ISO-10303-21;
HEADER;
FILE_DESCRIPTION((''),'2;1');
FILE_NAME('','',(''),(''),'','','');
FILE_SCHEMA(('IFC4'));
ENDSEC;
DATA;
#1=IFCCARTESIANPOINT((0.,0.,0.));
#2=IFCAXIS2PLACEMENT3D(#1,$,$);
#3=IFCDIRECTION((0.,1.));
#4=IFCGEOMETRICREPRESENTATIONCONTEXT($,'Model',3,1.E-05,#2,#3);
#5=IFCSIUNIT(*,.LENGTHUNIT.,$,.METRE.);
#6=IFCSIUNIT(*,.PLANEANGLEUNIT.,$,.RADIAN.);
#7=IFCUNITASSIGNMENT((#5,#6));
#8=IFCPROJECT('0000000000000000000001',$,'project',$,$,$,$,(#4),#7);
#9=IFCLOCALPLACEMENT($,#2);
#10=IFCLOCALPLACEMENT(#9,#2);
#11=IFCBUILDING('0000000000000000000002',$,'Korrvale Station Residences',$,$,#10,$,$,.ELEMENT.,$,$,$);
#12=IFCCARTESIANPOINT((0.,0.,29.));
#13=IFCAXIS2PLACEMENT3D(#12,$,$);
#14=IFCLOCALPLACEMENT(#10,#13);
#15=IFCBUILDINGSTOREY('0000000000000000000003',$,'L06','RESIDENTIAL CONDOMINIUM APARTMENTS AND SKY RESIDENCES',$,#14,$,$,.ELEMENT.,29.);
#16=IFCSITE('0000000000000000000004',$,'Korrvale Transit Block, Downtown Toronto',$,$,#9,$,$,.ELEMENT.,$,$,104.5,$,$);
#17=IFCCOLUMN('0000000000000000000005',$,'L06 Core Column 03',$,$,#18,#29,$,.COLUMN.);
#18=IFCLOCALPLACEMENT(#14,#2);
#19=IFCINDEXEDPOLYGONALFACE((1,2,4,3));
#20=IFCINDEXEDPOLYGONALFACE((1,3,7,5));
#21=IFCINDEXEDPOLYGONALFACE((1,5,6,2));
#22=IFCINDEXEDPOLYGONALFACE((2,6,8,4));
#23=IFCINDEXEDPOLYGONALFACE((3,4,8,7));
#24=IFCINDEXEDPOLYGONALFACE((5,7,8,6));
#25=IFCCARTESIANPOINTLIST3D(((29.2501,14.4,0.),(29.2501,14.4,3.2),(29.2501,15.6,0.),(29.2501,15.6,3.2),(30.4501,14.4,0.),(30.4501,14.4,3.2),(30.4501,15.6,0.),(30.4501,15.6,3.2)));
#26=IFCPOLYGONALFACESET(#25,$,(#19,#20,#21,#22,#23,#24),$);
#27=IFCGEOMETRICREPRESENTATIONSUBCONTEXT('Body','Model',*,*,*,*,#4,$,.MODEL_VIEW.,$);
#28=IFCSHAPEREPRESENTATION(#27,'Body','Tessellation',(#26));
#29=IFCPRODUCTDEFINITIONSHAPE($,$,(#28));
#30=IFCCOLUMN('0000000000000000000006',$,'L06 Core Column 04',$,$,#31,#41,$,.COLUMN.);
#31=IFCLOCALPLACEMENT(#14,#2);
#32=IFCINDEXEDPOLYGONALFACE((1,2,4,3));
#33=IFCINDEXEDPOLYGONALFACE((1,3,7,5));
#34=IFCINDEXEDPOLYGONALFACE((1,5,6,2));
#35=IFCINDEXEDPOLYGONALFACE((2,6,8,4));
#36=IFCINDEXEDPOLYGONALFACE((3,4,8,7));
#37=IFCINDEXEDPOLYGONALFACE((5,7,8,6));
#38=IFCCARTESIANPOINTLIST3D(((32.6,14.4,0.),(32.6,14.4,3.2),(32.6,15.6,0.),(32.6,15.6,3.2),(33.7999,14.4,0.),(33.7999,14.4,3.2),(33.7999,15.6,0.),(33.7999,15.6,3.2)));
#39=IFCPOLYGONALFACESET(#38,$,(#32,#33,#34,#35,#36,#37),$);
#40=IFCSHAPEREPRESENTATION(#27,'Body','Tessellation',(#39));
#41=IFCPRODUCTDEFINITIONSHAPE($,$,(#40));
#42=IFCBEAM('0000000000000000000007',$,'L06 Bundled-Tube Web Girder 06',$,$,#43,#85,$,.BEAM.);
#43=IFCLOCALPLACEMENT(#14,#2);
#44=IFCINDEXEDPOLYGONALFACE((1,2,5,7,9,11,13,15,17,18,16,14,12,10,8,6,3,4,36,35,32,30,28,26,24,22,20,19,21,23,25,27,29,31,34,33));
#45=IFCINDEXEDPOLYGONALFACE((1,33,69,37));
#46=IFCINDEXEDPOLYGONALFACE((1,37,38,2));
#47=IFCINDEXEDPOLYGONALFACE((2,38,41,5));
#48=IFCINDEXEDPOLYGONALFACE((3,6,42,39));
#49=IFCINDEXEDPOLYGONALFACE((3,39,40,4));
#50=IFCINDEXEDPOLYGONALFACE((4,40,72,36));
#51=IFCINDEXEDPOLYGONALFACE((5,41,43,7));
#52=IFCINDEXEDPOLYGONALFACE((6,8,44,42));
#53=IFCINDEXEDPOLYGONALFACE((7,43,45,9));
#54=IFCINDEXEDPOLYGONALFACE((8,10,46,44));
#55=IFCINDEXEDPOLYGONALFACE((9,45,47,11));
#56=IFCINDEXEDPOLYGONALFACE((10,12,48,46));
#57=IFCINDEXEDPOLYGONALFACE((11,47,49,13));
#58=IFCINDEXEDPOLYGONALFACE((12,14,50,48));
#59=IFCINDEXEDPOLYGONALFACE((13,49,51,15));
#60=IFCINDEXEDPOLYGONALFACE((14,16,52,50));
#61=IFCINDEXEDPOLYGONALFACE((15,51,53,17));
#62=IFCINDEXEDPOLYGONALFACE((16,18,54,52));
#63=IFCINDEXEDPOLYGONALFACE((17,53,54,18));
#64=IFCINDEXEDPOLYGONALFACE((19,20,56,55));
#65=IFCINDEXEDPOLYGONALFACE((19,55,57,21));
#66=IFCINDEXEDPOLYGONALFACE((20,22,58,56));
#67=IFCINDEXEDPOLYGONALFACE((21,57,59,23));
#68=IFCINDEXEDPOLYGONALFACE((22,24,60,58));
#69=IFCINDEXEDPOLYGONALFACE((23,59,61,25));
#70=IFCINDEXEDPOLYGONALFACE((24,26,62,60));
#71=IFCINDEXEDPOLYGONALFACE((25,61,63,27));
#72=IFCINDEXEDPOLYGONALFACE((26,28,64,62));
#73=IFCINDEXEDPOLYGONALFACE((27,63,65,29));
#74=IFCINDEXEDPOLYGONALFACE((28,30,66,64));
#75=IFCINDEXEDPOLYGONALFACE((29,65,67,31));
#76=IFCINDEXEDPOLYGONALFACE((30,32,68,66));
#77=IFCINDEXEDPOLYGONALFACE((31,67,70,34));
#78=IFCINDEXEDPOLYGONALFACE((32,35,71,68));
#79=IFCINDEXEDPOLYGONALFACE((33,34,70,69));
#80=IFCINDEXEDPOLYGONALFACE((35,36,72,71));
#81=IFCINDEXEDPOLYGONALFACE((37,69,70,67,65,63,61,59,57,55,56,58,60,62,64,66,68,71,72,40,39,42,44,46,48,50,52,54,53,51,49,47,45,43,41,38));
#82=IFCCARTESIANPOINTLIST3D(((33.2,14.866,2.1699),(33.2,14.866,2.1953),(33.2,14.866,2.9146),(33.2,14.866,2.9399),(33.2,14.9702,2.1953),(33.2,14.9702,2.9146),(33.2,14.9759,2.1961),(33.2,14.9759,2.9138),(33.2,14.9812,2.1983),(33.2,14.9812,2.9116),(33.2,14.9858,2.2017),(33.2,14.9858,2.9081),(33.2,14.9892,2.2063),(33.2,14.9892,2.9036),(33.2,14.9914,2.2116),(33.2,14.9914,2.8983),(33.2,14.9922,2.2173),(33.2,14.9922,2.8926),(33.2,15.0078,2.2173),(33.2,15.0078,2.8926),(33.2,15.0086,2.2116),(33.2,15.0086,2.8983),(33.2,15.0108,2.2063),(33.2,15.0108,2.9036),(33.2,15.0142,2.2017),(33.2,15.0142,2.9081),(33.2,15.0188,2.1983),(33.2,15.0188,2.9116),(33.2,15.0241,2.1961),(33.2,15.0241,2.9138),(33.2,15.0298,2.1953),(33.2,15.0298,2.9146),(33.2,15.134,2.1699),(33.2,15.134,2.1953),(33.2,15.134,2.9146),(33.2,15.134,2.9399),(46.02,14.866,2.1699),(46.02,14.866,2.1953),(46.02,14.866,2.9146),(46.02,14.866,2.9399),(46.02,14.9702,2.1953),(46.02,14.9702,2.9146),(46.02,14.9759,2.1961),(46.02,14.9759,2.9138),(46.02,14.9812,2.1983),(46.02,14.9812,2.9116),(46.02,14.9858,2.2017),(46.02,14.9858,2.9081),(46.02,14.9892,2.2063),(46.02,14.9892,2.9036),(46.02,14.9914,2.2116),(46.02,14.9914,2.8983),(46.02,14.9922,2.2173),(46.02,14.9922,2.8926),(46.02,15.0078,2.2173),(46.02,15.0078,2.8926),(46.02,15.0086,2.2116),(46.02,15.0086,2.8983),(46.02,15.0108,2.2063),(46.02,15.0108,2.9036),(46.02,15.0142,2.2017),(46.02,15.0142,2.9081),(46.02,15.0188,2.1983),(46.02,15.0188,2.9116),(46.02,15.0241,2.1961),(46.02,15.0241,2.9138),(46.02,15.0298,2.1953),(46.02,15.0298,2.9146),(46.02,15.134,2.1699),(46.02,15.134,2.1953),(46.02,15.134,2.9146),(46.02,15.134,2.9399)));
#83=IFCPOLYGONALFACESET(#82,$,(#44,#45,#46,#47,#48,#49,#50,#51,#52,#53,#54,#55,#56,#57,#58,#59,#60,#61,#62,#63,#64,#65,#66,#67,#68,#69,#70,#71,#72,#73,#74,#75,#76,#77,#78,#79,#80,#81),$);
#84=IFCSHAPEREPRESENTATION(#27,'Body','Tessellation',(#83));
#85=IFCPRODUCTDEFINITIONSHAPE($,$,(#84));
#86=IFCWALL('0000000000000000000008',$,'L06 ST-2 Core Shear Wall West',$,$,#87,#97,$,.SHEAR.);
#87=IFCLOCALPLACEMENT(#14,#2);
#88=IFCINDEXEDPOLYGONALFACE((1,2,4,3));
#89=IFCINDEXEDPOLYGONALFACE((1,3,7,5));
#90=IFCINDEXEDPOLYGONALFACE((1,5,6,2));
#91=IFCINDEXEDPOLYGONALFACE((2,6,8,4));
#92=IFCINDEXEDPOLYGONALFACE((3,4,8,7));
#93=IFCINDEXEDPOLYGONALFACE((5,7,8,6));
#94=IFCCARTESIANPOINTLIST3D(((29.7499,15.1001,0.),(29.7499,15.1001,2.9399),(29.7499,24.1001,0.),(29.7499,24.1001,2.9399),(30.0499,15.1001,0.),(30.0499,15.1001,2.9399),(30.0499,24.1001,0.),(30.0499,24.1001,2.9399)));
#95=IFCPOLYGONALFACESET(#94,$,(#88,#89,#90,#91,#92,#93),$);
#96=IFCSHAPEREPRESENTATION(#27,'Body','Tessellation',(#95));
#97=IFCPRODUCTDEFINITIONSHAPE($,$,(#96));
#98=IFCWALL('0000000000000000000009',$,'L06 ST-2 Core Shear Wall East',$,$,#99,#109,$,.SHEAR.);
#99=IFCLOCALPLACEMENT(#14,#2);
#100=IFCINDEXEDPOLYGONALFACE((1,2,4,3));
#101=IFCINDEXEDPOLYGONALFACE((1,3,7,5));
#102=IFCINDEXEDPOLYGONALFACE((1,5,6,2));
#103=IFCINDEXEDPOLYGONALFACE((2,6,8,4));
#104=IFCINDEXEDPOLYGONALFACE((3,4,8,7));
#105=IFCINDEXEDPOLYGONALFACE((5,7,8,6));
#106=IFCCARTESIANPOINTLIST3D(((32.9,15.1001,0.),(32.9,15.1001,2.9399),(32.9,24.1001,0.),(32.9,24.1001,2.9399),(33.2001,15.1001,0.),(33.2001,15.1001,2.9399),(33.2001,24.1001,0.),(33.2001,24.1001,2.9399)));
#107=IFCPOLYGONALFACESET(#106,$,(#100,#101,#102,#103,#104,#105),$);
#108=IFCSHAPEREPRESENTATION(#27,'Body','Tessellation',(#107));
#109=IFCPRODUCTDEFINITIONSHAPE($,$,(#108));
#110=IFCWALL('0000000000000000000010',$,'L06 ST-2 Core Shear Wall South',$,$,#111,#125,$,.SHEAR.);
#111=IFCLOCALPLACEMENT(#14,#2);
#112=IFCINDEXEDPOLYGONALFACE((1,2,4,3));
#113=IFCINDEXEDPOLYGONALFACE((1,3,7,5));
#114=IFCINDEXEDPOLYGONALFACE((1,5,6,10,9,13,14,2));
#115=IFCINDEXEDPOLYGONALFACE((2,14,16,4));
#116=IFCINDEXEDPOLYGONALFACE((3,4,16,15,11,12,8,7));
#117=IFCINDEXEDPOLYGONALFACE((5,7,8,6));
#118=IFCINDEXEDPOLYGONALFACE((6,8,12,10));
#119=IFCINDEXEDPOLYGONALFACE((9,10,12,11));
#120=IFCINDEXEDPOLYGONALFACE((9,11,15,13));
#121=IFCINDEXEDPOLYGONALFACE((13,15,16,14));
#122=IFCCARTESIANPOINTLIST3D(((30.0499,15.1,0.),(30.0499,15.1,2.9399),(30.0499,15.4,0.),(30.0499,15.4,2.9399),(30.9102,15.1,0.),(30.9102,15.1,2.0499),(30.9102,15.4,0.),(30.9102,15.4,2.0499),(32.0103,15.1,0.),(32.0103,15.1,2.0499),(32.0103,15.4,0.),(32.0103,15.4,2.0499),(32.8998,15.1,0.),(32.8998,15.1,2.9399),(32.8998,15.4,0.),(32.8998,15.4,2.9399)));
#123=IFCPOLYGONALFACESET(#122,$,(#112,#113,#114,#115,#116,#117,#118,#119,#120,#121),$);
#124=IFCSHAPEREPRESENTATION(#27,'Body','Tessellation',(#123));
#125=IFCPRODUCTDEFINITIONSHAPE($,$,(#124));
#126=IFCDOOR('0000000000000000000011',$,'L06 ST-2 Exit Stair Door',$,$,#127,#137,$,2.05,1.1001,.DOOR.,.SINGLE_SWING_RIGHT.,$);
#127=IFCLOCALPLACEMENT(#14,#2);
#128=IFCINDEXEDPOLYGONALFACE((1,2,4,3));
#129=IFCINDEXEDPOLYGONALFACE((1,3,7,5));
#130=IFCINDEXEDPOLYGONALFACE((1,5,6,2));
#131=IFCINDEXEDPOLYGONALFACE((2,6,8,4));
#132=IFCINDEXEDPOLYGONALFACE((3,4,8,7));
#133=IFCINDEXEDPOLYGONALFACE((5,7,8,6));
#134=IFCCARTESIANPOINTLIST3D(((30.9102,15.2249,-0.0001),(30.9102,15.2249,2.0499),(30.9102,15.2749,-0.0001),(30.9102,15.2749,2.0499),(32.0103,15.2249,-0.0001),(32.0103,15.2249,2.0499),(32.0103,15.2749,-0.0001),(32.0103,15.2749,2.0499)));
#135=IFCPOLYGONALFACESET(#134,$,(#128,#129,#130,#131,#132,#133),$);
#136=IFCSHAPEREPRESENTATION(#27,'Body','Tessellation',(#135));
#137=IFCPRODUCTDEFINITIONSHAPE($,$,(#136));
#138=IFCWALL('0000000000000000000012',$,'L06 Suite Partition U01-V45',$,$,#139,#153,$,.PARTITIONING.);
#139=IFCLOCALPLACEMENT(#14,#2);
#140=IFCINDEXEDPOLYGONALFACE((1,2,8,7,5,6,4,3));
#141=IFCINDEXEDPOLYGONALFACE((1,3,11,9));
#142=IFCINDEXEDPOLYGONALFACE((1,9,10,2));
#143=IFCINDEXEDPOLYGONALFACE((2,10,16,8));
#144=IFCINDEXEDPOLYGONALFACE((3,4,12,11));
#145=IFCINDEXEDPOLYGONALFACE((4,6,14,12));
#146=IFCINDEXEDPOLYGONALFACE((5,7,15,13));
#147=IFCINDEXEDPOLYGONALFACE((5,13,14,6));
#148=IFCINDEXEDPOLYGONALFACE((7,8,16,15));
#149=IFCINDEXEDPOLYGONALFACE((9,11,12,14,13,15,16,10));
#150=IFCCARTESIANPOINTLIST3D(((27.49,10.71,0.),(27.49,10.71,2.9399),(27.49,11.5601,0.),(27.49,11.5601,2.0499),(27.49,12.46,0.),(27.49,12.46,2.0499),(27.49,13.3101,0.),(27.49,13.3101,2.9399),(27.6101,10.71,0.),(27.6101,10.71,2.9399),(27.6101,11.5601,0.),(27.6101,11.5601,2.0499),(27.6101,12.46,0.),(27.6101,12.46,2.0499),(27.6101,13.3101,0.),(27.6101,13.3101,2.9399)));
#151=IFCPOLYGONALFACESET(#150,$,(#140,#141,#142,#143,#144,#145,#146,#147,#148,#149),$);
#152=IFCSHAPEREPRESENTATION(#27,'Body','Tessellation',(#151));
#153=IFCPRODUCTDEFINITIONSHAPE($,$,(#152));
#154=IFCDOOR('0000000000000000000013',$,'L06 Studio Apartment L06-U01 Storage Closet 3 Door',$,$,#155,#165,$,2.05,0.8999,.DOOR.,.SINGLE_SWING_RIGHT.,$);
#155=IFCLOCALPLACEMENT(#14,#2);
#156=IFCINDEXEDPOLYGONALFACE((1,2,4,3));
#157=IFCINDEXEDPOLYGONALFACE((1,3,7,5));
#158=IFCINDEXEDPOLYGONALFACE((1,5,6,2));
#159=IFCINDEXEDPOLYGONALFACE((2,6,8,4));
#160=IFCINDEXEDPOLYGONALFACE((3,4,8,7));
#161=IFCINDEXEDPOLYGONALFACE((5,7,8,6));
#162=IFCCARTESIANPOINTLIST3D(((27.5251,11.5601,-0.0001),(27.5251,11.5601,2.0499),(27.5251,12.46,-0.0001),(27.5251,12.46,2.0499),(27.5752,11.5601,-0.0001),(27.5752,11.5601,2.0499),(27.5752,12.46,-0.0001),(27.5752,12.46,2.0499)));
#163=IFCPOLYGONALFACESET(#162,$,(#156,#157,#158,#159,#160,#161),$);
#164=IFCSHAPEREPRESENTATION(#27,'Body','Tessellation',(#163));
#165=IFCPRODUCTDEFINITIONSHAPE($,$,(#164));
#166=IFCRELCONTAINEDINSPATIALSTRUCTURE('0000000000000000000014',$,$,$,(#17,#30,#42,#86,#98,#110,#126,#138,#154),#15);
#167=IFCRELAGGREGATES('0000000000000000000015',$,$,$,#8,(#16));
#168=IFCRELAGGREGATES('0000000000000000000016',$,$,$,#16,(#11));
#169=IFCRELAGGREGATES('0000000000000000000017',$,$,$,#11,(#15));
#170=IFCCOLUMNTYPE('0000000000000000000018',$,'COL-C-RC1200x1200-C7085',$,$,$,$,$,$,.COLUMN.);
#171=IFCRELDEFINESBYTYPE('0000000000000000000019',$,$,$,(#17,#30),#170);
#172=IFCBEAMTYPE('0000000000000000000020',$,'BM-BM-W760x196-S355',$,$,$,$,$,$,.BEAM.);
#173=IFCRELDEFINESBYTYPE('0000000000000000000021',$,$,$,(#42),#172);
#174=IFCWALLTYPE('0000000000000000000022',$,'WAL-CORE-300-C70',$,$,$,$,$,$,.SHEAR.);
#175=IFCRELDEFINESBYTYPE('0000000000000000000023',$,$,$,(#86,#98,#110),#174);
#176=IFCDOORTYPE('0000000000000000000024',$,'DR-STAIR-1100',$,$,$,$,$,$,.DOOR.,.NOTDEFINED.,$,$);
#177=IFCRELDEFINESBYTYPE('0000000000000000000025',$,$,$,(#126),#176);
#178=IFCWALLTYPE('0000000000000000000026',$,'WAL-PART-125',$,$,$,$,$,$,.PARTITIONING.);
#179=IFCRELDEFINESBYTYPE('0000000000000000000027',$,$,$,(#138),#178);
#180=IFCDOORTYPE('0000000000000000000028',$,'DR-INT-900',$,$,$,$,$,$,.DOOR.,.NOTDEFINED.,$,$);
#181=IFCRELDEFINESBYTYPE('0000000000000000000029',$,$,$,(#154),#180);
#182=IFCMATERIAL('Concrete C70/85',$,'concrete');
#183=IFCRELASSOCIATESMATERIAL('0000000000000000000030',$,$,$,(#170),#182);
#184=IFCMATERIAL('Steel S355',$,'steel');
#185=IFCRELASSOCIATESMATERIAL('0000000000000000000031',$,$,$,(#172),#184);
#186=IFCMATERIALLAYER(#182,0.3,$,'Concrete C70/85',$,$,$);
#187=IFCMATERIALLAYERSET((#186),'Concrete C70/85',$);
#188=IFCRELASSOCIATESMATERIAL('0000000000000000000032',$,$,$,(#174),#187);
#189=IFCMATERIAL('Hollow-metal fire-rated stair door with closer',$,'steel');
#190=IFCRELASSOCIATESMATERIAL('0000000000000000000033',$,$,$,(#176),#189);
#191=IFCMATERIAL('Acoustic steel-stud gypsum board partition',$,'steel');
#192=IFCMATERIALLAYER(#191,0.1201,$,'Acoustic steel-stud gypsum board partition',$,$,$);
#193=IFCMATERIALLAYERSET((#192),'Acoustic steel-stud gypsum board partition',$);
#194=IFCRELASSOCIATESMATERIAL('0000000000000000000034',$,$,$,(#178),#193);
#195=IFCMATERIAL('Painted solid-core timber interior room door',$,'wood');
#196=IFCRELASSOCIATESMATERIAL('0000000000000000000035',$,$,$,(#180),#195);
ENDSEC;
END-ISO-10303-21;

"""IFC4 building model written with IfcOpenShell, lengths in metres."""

from ifc_helpers import new_model, si_unit, direction, frame, frame_2d, origin, origin_2d, place, context, subcontext, project, spatial, rectangle, i_section, extrude, material, layer, layer_set, material_profile, profile_set, type_object, element, fill, save


model = new_model("IFC4")

# Units and contexts
model_context = context("Model", 3, precision=1e-05, world=origin(), true_north=direction((0.0, 1.0)))
body_context = subcontext(model_context, "Body", "Model", "MODEL_VIEW")
ifc_project = project(units=[si_unit("LENGTHUNIT", "METRE"), si_unit("PLANEANGLEUNIT", "RADIAN")], contexts=[model_context])

# Site, building, storey
site_placement = place(None, origin())
site = spatial("IfcSite", under=ifc_project, at=site_placement, Name="Korrvale Transit Block, Downtown Toronto", CompositionType="ELEMENT", RefElevation=104.5)
building_placement = place(site_placement, origin())
building = spatial("IfcBuilding", under=site, at=building_placement, Name="Korrvale Station Residences", CompositionType="ELEMENT")
storey_placement = place(building_placement, frame((0.0, 0.0, 29.0)))
storey = spatial("IfcBuildingStorey", under=building, at=storey_placement, Name="L06", Description="RESIDENTIAL CONDOMINIUM APARTMENTS AND SKY RESIDENCES", CompositionType="ELEMENT", Elevation=29.0)

# Columns
ifc_material_1 = material(Name="Concrete C70/85", Category="concrete")
ifc_material_profile_1 = material_profile(ifc_material_1, rectangle(XDim=1.2, YDim=1.2, at=origin_2d()), Name="RC1200x1200")
ifc_profile_set_1 = profile_set([ifc_material_profile_1], Name="Concrete C70/85")
column_type = type_object("IfcColumnType", Name="COL-C-RC1200x1200-C7085", PredefinedType="COLUMN", material=ifc_profile_set_1)
for number, where, z_axis, x_axis, name in (
    (1, (29.8501, 15.0, 0.0), (0.0, 0.0, 1.0), (1.0, 0.0, 0.0), "L06 Core Column 03"),
    (2, (33.2, 15.0, 0.0), (0.0, 0.0, 1.0), (1.0, 0.0, 0.0), "L06 Core Column 04"),
):
    element("IfcColumn", number, at=place(storey_placement, frame(where, z_axis=z_axis, x_axis=x_axis)), inside=storey, type_object=column_type, Name=name, PredefinedType="COLUMN", context=body_context, shape_type="SweptSolid", body=[
        extrude(rectangle(XDim=1.2, YDim=1.2, at=origin_2d()), origin(), (0.0, 0.0, 1.0), 3.2),
    ])

# Beam
ifc_material_2 = material(Name="Steel S355", Category="steel")
ifc_material_profile_2 = material_profile(ifc_material_2, i_section(OverallWidth=0.2681, OverallDepth=0.77, WebThickness=0.0156, FlangeThickness=0.0254, FilletRadius=0.022, at=origin_2d()), Name="W760x196")
ifc_profile_set_2 = profile_set([ifc_material_profile_2], Name="Steel S355")
beam_type = type_object("IfcBeamType", Name="BM-BM-W760x196-S355", PredefinedType="BEAM", material=ifc_profile_set_2)
beam_placement = place(storey_placement, frame((33.2, 15.0, 2.5549), z_axis=(1.0, 0.0, 0.0), x_axis=(0.0, 1.0, 0.0)))
element("IfcBeam", 3, at=beam_placement, inside=storey, type_object=beam_type, Name="L06 Bundled-Tube Web Girder 06", PredefinedType="BEAM", context=body_context, shape_type="SweptSolid", body=[
    extrude(i_section(OverallWidth=0.2681, OverallDepth=0.77, WebThickness=0.0156, FlangeThickness=0.0254, FilletRadius=0.022, at=origin_2d()), origin(), (0.0, 0.0, 1.0), 12.8201),
])

# Walls
ifc_layer_1 = layer(ifc_material_1, 0.3, Name="Concrete C70/85")
ifc_layer_set_1 = layer_set([ifc_layer_1], Name="Concrete C70/85")
wall_type_1 = type_object("IfcWallType", Name="WAL-CORE-300-C70", PredefinedType="SHEAR", material=ifc_layer_set_1)
for number, where, z_axis, x_axis, name in (
    (4, (29.8999, 15.1001, 0.0), (0.0, 0.0, 1.0), (0.0, 1.0, 0.0), "L06 ST-2 Core Shear Wall West"),
    (5, (33.05, 15.1001, 0.0), (0.0, 0.0, 1.0), (0.0, 1.0, 0.0), "L06 ST-2 Core Shear Wall East"),
):
    element("IfcWall", number, at=place(storey_placement, frame(where, z_axis=z_axis, x_axis=x_axis)), inside=storey, type_object=wall_type_1, Name=name, PredefinedType="SHEAR", context=body_context, shape_type="SweptSolid", body=[
        extrude(rectangle(XDim=9.0, YDim=0.3, at=frame_2d((4.5, 0.0))), origin(), (0.0, 0.0, 1.0), 2.9399),
    ])

# Walls, openings, doors
wall_1_placement = place(storey_placement, frame((30.05, 15.25, 0.0), z_axis=(0.0, 0.0, 1.0), x_axis=(1.0, 0.0, 0.0)))
wall_1 = element("IfcWall", 6, at=wall_1_placement, inside=storey, type_object=wall_type_1, Name="L06 ST-2 Core Shear Wall South", PredefinedType="SHEAR", context=body_context, shape_type="SweptSolid", body=[
    extrude(rectangle(XDim=2.8499, YDim=0.3, at=frame_2d((1.4248, 0.0))), origin(), (0.0, 0.0, 1.0), 2.9399),
])
opening_1_placement = place(wall_1_placement, frame((0.8601, 0.0, 0.0)))
opening_1 = element("IfcOpeningElement", 7, at=opening_1_placement, cuts=wall_1, PredefinedType="OPENING", context=body_context, shape_type="SweptSolid", body=[
    extrude(rectangle(XDim=1.1001, YDim=2.05, at=frame_2d((0.55, 1.0249))), frame((0.0, 0.1602, 0.0), z_axis=(0.0, -1.0, 0.0), x_axis=(1.0, 0.0, 0.0)), (0.0, 0.0, 1.0), 0.3201),
])
ifc_material_3 = material(Name="Hollow-metal fire-rated stair door with closer", Category="steel")
door_type_1 = type_object("IfcDoorType", Name="DR-STAIR-1100", OperationType="NOTDEFINED", PredefinedType="DOOR", material=ifc_material_3)
door_1_placement = place(opening_1_placement, origin())
door_1 = element("IfcDoor", 8, at=door_1_placement, inside=storey, type_object=door_type_1, Name="L06 ST-2 Exit Stair Door", OperationType="SINGLE_SWING_RIGHT", OverallHeight=2.05, OverallWidth=1.1001, PredefinedType="DOOR", context=body_context, shape_type="SweptSolid", body=[
    extrude(rectangle(XDim=1.1001, YDim=2.05, at=frame_2d((0.55, 1.0249))), frame((0.0, 0.0249, 0.0), z_axis=(0.0, -1.0, 0.0), x_axis=(1.0, 0.0, 0.0)), (0.0, 0.0, 1.0), 0.05),
])
fill(opening_1, door_1)
ifc_material_4 = material(Name="Acoustic steel-stud gypsum board partition", Category="steel")
ifc_layer_2 = layer(ifc_material_4, 0.1201, Name="Acoustic steel-stud gypsum board partition")
ifc_layer_set_2 = layer_set([ifc_layer_2], Name="Acoustic steel-stud gypsum board partition")
wall_type_2 = type_object("IfcWallType", Name="WAL-PART-125", PredefinedType="PARTITIONING", material=ifc_layer_set_2)
wall_2_placement = place(storey_placement, frame((27.55, 10.71, 0.0), z_axis=(0.0, 0.0, 1.0), x_axis=(0.0, 1.0, 0.0)))
wall_2 = element("IfcWall", 9, at=wall_2_placement, inside=storey, type_object=wall_type_2, Name="L06 Suite Partition U01-V45", PredefinedType="PARTITIONING", context=body_context, shape_type="SweptSolid", body=[
    extrude(rectangle(XDim=2.6001, YDim=0.1201, at=frame_2d((1.3, 0.0))), origin(), (0.0, 0.0, 1.0), 2.9399),
])
opening_2_placement = place(wall_2_placement, frame((0.8501, 0.0, 0.0)))
opening_2 = element("IfcOpeningElement", 10, at=opening_2_placement, cuts=wall_2, PredefinedType="OPENING", context=body_context, shape_type="SweptSolid", body=[
    extrude(rectangle(XDim=0.8999, YDim=2.05, at=frame_2d((0.45, 1.0249))), frame((0.0, 0.0701, 0.0), z_axis=(0.0, -1.0, 0.0), x_axis=(1.0, 0.0, 0.0)), (0.0, 0.0, 1.0), 0.1401),
])
ifc_material_5 = material(Name="Painted solid-core timber interior room door", Category="wood")
door_type_2 = type_object("IfcDoorType", Name="DR-INT-900", OperationType="NOTDEFINED", PredefinedType="DOOR", material=ifc_material_5)
door_2_placement = place(opening_2_placement, origin())
door_2 = element("IfcDoor", 11, at=door_2_placement, inside=storey, type_object=door_type_2, Name="L06 Studio Apartment L06-U01 Storage Closet 3 Door", OperationType="SINGLE_SWING_RIGHT", OverallHeight=2.05, OverallWidth=0.8999, PredefinedType="DOOR", context=body_context, shape_type="SweptSolid", body=[
    extrude(rectangle(XDim=0.8999, YDim=2.05, at=frame_2d((0.45, 1.0249))), frame((0.0, 0.0249, 0.0), z_axis=(0.0, -1.0, 0.0), x_axis=(1.0, 0.0, 0.0)), (0.0, 0.0, 1.0), 0.05),
])
fill(opening_2, door_2)

save(model, "model.ifc")
